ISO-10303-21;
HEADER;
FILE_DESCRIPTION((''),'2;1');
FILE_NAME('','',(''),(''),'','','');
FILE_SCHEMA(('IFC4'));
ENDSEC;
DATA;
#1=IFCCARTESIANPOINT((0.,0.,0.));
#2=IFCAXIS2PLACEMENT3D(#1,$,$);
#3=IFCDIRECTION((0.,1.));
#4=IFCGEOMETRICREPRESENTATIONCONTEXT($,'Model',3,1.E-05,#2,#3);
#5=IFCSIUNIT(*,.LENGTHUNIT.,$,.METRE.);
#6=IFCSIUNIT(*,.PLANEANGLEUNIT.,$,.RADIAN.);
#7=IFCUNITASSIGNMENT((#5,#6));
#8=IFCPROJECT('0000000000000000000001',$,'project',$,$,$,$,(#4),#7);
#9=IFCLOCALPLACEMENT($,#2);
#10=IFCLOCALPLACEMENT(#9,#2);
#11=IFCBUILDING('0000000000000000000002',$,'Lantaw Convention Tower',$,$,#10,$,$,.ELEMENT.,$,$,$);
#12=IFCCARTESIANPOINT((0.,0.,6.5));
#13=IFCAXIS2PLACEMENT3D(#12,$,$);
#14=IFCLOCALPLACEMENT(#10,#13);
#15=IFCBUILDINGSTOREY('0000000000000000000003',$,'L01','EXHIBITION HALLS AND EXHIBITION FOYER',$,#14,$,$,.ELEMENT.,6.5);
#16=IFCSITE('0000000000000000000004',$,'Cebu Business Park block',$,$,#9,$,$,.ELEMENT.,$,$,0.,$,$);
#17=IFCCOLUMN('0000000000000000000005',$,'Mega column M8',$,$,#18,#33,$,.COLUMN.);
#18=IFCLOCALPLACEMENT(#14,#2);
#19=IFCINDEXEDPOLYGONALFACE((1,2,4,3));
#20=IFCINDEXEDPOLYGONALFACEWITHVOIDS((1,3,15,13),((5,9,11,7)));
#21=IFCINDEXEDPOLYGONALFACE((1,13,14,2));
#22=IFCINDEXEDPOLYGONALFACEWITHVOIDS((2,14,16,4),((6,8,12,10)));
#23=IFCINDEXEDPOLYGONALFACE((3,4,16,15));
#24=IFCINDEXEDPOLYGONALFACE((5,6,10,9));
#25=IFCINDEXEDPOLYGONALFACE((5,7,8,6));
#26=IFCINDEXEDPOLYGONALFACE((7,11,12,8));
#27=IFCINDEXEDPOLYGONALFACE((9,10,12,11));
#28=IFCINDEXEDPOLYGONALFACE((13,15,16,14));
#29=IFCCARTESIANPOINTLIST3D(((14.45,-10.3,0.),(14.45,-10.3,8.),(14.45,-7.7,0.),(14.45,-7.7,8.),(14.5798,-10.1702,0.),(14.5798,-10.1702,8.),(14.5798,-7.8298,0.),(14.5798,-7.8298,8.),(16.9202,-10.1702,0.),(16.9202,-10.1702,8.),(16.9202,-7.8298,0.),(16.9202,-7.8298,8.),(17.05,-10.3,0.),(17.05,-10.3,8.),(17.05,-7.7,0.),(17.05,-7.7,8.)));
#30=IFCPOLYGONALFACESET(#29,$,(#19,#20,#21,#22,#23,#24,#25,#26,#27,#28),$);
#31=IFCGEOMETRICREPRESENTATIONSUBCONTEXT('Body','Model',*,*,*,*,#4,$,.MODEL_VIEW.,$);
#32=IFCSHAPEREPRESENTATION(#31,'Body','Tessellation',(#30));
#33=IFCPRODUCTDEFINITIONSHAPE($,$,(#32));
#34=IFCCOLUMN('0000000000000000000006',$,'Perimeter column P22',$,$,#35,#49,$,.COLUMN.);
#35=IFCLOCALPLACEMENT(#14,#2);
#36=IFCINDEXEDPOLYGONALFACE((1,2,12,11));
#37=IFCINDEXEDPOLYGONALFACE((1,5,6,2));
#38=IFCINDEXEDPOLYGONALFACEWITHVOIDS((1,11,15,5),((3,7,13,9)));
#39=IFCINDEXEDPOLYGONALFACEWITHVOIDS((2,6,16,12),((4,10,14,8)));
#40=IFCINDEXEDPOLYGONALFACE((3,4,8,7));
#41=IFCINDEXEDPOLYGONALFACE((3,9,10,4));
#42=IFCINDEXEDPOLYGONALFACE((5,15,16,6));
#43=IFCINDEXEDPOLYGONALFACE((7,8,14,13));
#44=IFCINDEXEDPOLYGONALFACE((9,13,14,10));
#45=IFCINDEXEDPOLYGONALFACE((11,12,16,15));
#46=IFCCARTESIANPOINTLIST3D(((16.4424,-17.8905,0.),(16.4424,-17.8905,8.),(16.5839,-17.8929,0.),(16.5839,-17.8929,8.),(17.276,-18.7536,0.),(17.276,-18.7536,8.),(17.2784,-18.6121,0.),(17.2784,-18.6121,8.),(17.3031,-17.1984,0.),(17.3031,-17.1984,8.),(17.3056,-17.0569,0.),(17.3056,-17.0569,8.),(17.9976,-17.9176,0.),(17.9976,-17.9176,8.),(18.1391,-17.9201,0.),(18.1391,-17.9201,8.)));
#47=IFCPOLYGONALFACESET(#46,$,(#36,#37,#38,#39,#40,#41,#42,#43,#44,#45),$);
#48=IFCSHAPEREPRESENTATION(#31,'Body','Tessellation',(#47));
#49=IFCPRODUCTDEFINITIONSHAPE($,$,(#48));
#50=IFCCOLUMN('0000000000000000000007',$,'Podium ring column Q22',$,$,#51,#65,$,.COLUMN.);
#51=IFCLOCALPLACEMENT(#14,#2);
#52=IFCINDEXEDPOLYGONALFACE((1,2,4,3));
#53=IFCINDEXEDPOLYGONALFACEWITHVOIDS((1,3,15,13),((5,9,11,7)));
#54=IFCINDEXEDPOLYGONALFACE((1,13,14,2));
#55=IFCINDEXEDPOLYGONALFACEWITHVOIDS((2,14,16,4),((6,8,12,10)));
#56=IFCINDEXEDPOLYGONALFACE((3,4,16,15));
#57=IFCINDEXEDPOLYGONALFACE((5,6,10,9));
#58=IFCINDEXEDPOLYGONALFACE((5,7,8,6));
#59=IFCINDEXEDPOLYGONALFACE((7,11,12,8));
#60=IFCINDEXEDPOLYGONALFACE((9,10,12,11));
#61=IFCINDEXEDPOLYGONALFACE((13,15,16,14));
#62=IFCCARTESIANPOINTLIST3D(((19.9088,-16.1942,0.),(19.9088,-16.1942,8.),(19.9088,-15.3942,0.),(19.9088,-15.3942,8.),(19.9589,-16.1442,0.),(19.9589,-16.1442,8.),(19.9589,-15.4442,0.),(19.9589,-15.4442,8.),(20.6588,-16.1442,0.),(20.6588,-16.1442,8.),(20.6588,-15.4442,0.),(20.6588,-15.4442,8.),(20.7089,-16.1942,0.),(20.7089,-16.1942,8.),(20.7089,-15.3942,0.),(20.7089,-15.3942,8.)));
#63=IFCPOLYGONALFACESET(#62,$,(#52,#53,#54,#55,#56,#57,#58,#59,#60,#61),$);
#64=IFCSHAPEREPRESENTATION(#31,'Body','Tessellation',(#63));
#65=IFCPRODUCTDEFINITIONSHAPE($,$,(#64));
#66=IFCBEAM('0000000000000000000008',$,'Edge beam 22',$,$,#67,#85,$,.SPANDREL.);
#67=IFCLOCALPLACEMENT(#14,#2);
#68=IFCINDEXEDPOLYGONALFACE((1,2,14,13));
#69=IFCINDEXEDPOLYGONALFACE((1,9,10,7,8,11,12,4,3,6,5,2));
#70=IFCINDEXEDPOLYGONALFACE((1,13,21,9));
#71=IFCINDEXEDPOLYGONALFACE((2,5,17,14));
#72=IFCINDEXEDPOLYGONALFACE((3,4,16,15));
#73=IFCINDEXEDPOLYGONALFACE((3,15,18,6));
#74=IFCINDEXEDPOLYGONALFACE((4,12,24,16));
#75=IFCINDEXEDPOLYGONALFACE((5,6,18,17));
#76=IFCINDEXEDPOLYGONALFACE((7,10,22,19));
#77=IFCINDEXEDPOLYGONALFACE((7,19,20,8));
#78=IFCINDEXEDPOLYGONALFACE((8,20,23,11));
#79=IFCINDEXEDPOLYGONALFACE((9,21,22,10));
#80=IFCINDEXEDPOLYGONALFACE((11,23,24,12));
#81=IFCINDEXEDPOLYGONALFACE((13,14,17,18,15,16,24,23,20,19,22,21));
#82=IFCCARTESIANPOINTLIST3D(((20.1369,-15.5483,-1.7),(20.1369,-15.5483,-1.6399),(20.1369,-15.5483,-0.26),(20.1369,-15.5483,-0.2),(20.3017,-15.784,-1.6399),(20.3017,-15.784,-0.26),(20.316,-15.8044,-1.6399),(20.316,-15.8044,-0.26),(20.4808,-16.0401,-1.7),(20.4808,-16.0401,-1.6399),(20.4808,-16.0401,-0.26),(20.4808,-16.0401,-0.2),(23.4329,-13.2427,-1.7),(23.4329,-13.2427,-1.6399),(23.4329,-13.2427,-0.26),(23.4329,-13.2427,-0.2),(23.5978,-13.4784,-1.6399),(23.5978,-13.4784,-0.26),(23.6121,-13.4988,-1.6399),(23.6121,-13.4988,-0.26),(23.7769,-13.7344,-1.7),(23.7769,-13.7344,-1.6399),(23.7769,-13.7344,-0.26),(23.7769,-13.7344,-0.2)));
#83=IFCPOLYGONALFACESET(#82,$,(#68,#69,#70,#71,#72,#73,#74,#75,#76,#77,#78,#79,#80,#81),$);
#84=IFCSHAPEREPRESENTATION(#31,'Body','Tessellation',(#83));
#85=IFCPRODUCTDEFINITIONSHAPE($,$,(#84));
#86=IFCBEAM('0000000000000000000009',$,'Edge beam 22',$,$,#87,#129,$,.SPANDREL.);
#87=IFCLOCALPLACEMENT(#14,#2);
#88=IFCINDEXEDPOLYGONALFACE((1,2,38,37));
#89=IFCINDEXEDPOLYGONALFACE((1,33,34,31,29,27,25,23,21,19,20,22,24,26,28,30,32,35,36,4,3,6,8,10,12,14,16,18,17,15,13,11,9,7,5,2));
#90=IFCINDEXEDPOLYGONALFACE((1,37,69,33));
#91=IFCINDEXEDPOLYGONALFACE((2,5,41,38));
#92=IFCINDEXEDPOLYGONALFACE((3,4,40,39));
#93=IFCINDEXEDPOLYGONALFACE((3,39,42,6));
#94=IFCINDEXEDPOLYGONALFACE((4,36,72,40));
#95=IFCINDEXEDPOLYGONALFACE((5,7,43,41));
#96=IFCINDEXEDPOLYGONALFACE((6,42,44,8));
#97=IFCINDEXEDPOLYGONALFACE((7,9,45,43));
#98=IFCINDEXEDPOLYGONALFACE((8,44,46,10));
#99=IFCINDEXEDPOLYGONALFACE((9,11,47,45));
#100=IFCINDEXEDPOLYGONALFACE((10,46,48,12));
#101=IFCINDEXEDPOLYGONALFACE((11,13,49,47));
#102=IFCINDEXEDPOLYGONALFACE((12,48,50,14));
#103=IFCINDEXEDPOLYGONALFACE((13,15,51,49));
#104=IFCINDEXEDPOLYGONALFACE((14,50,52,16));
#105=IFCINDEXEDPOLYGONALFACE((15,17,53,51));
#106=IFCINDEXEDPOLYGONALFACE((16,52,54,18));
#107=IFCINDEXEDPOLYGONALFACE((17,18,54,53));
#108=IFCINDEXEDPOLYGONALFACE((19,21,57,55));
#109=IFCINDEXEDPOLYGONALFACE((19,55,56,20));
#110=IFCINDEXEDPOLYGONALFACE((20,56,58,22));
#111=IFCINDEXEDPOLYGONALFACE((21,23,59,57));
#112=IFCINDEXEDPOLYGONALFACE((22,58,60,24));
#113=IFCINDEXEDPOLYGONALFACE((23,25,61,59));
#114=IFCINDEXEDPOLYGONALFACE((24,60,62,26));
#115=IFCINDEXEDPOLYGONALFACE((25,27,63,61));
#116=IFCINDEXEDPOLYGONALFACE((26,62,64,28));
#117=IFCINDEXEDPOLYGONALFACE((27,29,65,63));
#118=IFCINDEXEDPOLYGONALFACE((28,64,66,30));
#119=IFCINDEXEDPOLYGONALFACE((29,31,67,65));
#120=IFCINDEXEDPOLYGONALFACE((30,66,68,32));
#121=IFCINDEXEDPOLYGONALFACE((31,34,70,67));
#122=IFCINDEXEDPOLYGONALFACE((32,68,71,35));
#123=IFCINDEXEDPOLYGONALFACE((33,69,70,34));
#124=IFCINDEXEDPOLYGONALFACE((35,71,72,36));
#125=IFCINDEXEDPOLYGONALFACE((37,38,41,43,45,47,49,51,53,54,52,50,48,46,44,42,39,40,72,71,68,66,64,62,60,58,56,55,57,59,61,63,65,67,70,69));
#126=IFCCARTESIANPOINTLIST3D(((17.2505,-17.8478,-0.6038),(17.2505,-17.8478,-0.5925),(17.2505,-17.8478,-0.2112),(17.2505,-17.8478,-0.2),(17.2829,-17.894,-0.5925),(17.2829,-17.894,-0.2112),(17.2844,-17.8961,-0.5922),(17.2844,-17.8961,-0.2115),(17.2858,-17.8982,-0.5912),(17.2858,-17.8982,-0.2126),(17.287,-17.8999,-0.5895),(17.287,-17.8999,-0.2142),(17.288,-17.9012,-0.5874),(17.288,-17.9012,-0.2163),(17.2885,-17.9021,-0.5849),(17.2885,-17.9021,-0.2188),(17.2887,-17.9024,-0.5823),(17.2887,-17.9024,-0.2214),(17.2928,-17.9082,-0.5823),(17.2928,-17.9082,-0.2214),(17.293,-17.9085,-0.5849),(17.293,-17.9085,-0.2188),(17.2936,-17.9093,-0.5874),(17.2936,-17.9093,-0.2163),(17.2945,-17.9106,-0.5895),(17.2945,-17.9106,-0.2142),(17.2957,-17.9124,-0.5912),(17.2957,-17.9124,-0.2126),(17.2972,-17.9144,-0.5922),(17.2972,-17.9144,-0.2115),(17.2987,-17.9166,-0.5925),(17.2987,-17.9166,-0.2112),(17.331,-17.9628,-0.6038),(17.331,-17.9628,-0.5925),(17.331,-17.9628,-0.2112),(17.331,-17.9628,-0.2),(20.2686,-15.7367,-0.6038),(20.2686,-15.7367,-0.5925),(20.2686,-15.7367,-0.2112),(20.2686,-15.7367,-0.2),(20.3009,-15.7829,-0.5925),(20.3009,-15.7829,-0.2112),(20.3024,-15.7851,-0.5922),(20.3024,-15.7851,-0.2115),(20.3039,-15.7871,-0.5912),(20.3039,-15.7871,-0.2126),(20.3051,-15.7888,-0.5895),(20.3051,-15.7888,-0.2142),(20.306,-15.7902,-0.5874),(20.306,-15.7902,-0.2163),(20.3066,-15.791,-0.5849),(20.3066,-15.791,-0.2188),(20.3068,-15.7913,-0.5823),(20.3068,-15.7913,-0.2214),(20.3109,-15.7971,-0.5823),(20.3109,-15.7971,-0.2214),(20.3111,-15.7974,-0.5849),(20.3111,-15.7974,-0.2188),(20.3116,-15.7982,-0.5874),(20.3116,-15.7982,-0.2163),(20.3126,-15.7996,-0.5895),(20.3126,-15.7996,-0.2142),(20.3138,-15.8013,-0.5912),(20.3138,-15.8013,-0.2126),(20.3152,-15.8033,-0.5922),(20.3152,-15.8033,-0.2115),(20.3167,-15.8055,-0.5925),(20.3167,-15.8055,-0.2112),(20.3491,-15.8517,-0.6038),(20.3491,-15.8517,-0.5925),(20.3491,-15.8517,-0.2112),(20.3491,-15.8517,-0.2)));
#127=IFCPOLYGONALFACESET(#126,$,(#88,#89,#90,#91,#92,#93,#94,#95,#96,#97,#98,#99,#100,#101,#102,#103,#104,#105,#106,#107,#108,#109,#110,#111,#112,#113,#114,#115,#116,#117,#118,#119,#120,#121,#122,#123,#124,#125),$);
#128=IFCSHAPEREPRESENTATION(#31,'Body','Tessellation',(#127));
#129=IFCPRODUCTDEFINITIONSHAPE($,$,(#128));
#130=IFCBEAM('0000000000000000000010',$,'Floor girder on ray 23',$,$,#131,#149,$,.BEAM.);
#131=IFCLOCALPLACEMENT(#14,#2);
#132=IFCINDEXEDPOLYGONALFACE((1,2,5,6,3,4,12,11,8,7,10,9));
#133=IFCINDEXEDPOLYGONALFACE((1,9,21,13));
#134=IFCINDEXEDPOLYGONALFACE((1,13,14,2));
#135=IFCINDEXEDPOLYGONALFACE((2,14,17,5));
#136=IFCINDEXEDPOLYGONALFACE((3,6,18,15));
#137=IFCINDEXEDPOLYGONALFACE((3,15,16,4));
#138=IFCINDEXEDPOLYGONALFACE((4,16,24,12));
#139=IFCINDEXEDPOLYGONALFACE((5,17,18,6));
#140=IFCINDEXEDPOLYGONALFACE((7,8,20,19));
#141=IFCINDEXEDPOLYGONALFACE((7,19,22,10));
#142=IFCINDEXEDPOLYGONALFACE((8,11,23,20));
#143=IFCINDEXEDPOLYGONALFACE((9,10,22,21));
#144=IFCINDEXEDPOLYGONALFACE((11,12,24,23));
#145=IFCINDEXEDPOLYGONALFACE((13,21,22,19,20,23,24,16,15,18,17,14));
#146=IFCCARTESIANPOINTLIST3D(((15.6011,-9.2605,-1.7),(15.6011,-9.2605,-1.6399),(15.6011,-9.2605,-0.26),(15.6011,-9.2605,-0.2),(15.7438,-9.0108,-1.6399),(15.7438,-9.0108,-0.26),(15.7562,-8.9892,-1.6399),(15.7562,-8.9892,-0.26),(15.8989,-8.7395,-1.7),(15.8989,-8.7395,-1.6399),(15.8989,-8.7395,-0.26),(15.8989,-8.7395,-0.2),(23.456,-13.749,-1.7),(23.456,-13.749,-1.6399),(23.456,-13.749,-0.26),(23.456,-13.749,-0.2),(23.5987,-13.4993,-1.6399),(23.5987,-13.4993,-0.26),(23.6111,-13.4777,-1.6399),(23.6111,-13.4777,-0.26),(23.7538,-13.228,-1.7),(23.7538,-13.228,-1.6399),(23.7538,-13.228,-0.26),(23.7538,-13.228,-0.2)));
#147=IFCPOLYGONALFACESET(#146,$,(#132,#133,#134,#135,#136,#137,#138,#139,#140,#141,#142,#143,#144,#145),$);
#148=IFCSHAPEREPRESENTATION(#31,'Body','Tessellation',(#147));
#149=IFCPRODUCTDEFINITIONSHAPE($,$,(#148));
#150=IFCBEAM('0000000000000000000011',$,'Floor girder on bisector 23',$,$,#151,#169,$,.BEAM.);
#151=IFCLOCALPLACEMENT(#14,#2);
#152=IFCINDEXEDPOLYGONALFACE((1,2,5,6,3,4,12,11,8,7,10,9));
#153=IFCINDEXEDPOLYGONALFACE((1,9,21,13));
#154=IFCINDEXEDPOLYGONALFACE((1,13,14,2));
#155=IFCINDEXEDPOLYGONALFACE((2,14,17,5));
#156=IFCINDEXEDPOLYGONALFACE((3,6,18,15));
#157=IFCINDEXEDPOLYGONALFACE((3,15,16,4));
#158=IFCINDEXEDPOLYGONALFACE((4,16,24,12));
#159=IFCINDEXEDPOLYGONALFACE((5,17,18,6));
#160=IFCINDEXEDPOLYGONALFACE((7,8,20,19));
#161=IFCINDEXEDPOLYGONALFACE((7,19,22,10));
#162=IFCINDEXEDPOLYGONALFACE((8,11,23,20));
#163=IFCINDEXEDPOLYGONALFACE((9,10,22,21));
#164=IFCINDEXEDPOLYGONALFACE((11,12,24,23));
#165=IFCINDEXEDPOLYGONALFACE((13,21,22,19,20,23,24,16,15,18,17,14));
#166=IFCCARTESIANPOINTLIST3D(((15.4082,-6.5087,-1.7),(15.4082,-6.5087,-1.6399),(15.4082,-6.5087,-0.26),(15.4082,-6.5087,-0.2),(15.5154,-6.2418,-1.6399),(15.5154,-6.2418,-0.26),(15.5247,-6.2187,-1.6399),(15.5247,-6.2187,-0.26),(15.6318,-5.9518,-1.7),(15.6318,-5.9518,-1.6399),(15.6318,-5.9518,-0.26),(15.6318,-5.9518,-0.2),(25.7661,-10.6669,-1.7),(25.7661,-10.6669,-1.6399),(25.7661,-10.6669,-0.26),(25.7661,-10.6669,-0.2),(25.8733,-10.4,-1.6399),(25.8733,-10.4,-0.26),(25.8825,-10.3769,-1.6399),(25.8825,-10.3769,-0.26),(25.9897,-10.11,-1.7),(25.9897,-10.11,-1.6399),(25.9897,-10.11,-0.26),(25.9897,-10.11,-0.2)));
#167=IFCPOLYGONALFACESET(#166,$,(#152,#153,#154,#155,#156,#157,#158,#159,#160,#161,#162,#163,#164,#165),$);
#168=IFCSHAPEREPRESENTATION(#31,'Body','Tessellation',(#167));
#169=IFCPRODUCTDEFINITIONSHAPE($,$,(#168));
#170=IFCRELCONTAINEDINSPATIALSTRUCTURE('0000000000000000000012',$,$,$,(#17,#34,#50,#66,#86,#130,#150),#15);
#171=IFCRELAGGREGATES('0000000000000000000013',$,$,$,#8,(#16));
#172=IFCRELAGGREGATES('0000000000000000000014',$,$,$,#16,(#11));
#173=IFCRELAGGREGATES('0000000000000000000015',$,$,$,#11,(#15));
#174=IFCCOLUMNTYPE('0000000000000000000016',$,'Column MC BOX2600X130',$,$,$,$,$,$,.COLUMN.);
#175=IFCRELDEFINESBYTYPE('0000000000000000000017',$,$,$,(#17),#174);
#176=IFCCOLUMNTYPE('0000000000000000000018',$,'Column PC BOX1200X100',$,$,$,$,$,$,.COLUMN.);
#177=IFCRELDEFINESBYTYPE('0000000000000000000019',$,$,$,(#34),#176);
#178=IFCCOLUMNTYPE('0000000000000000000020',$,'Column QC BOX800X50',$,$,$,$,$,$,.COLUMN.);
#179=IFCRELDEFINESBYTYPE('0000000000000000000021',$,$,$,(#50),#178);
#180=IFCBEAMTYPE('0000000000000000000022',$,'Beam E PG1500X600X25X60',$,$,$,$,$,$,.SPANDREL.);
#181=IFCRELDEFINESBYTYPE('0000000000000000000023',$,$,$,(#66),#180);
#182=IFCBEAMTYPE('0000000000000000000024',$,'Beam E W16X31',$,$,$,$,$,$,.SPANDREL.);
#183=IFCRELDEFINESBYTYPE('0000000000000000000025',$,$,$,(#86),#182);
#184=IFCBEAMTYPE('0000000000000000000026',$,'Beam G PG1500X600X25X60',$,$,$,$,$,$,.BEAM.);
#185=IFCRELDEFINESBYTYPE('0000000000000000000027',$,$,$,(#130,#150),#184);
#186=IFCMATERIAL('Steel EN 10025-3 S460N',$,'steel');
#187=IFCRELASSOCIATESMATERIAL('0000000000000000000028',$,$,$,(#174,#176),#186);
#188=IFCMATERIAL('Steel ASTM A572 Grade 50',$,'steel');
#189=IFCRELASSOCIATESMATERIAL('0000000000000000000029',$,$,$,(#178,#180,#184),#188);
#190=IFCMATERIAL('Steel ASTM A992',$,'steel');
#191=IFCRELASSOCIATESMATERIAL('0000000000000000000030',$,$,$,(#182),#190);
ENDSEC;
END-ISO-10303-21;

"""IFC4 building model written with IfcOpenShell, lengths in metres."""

from ifc_helpers import new_model, si_unit, direction, frame, origin, origin_2d, place, context, subcontext, project, spatial, rectangle, hollow_rectangle, i_section, extrude, material, material_profile, profile_set, type_object, element, save


model = new_model("IFC4")

# Units and contexts
model_context = context("Model", 3, precision=1e-05, world=origin(), true_north=direction((0.0, 1.0)))
body_context = subcontext(model_context, "Body", "Model", "MODEL_VIEW")
ifc_project = project(units=[si_unit("LENGTHUNIT", "METRE"), si_unit("PLANEANGLEUNIT", "RADIAN")], contexts=[model_context])

# Site, building, storey
site_placement = place(None, origin())
site = spatial("IfcSite", under=ifc_project, at=site_placement, Name="Cebu Business Park block", CompositionType="ELEMENT", RefElevation=0.0)
building_placement = place(site_placement, origin())
building = spatial("IfcBuilding", under=site, at=building_placement, Name="Lantaw Convention Tower", CompositionType="ELEMENT")
storey_placement = place(building_placement, frame((0.0, 0.0, 6.5)))
storey = spatial("IfcBuildingStorey", under=building, at=storey_placement, Name="L01", Description="EXHIBITION HALLS AND EXHIBITION FOYER", CompositionType="ELEMENT", Elevation=6.5)

# Columns
ifc_material_1 = material(Name="Steel EN 10025-3 S460N", Category="steel")
ifc_material_profile_1 = material_profile(ifc_material_1, hollow_rectangle(XDim=2.6001, YDim=2.6001, WallThickness=0.1299, at=origin_2d()), Name="BOX2600X130")
ifc_material_2 = material(Name="Concrete C60/75", Category="concrete")
ifc_material_profile_2 = material_profile(ifc_material_2, rectangle(XDim=2.3401, YDim=2.3401, at=origin_2d()), Name="Concrete fill of BOX2600X130")
ifc_profile_set_1 = profile_set([ifc_material_profile_1, ifc_material_profile_2], Name="Steel EN 10025-3 S460N")
column_type_1 = type_object("IfcColumnType", Name="Column MC BOX2600X130", PredefinedType="COLUMN", material=ifc_profile_set_1)
column_1_placement = place(storey_placement, frame((15.75, -9.0, 0.0), z_axis=(0.0, 0.0, 1.0), x_axis=(1.0, 0.0, 0.0)))
element("IfcColumn", 1, at=column_1_placement, inside=storey, type_object=column_type_1, Name="Mega column M8", PredefinedType="COLUMN", context=body_context, shape_type="SweptSolid", body=[
    extrude(hollow_rectangle(XDim=2.6001, YDim=2.6001, WallThickness=0.1299, at=origin_2d()), origin(), (0.0, 0.0, 1.0), 8.0),
])
ifc_material_profile_3 = material_profile(ifc_material_1, hollow_rectangle(XDim=1.2, YDim=1.2, WallThickness=0.1001, at=origin_2d()), Name="BOX1200X100")
ifc_material_profile_4 = material_profile(ifc_material_2, rectangle(XDim=1.0, YDim=1.0, at=origin_2d()), Name="Concrete fill of BOX1200X100")
ifc_profile_set_2 = profile_set([ifc_material_profile_3, ifc_material_profile_4], Name="Steel EN 10025-3 S460N")
column_type_2 = type_object("IfcColumnType", Name="Column PC BOX1200X100", PredefinedType="COLUMN", material=ifc_profile_set_2)
column_2_placement = place(storey_placement, frame((17.2908, -17.9053, 0.0), z_axis=(0.0, 0.0, 1.0), x_axis=(0.71934, 0.694658, 0.0)))
element("IfcColumn", 2, at=column_2_placement, inside=storey, type_object=column_type_2, Name="Perimeter column P22", PredefinedType="COLUMN", context=body_context, shape_type="SweptSolid", body=[
    extrude(hollow_rectangle(XDim=1.2, YDim=1.2, WallThickness=0.1001, at=origin_2d()), origin(), (0.0, 0.0, 1.0), 8.0),
])
ifc_material_3 = material(Name="Steel ASTM A572 Grade 50", Category="steel")
ifc_material_profile_5 = material_profile(ifc_material_3, hollow_rectangle(XDim=0.8, YDim=0.8, WallThickness=0.05, at=origin_2d()), Name="BOX800X50")
ifc_profile_set_3 = profile_set([ifc_material_profile_5], Name="Steel ASTM A572 Grade 50")
column_type_3 = type_object("IfcColumnType", Name="Column QC BOX800X50", PredefinedType="COLUMN", material=ifc_profile_set_3)
column_3_placement = place(storey_placement, frame((20.3088, -15.7942, 0.0), z_axis=(0.0, 0.0, 1.0), x_axis=(1.0, 0.0, 0.0)))
element("IfcColumn", 3, at=column_3_placement, inside=storey, type_object=column_type_3, Name="Podium ring column Q22", PredefinedType="COLUMN", context=body_context, shape_type="SweptSolid", body=[
    extrude(hollow_rectangle(XDim=0.8, YDim=0.8, WallThickness=0.05, at=origin_2d()), origin(), (0.0, 0.0, 1.0), 8.0),
])

# Beams
ifc_material_profile_6 = material_profile(ifc_material_3, i_section(OverallWidth=0.6001, OverallDepth=1.5, WebThickness=0.0249, FlangeThickness=0.0601, at=origin_2d()), Name="PG1500X600X25X60")
ifc_profile_set_4 = profile_set([ifc_material_profile_6], Name="Steel ASTM A572 Grade 50")
beam_type_1 = type_object("IfcBeamType", Name="Beam E PG1500X600X25X60", PredefinedType="SPANDREL", material=ifc_profile_set_4)
beam_1_placement = place(storey_placement, frame((20.3088, -15.7942, -0.95), z_axis=(0.819423, 0.573189, 0.0), x_axis=(-0.573189, 0.819423, 0.0)))
element("IfcBeam", 4, at=beam_1_placement, inside=storey, type_object=beam_type_1, Name="Edge beam 22", PredefinedType="SPANDREL", context=body_context, shape_type="SweptSolid", body=[
    extrude(i_section(OverallWidth=0.6001, OverallDepth=1.5, WebThickness=0.0249, FlangeThickness=0.0601, at=origin_2d()), origin(), (0.0, 0.0, 1.0), 4.0225),
])
ifc_material_4 = material(Name="Steel ASTM A992", Category="steel")
ifc_material_profile_7 = material_profile(ifc_material_4, i_section(OverallWidth=0.1404, OverallDepth=0.4038, WebThickness=0.0071, FlangeThickness=0.0112, FilletRadius=0.0103, at=origin_2d()), Name="W16X31")
ifc_profile_set_5 = profile_set([ifc_material_profile_7], Name="Steel ASTM A992")
beam_type_2 = type_object("IfcBeamType", Name="Beam E W16X31", PredefinedType="SPANDREL", material=ifc_profile_set_5)
beam_2_placement = place(storey_placement, frame((17.2908, -17.9053, -0.4019), z_axis=(0.819431, 0.573178, 0.0), x_axis=(-0.573178, 0.819431, 0.0)))
element("IfcBeam", 5, at=beam_2_placement, inside=storey, type_object=beam_type_2, Name="Edge beam 22", PredefinedType="SPANDREL", context=body_context, shape_type="SweptSolid", body=[
    extrude(i_section(OverallWidth=0.1404, OverallDepth=0.4038, WebThickness=0.0071, FlangeThickness=0.0112, FilletRadius=0.0103, at=origin_2d()), origin(), (0.0, 0.0, 1.0), 3.6831),
])
ifc_material_profile_8 = material_profile(ifc_material_3, i_section(OverallWidth=0.6001, OverallDepth=1.5, WebThickness=0.0249, FlangeThickness=0.0601, at=origin_2d()), Name="PG1500X600X25X60")
ifc_profile_set_6 = profile_set([ifc_material_profile_8], Name="Steel ASTM A572 Grade 50")
beam_type_3 = type_object("IfcBeamType", Name="Beam G PG1500X600X25X60", PredefinedType="BEAM", material=ifc_profile_set_6)
beam_3_placement = place(storey_placement, frame((15.75, -9.0, -0.95), z_axis=(0.868245, -0.496136, 0.0), x_axis=(0.496136, 0.868245, 0.0)))
element("IfcBeam", 6, at=beam_3_placement, inside=storey, type_object=beam_type_3, Name="Floor girder on ray 23", PredefinedType="BEAM", context=body_context, shape_type="SweptSolid", body=[
    extrude(i_section(OverallWidth=0.6001, OverallDepth=1.5, WebThickness=0.0249, FlangeThickness=0.0601, at=origin_2d()), origin(), (0.0, 0.0, 1.0), 9.0469),
])
beam_4_placement = place(storey_placement, frame((15.52, -6.2302, -0.95), z_axis=(0.928011, -0.372552, 0.0), x_axis=(0.372552, 0.928011, 0.0)))
element("IfcBeam", 7, at=beam_4_placement, inside=storey, type_object=beam_type_3, Name="Floor girder on bisector 23", PredefinedType="BEAM", context=body_context, shape_type="SweptSolid", body=[
    extrude(i_section(OverallWidth=0.6001, OverallDepth=1.5, WebThickness=0.0249, FlangeThickness=0.0601, at=origin_2d()), origin(), (0.0, 0.0, 1.0), 11.1614),
])

save(model, "model.ifc")
